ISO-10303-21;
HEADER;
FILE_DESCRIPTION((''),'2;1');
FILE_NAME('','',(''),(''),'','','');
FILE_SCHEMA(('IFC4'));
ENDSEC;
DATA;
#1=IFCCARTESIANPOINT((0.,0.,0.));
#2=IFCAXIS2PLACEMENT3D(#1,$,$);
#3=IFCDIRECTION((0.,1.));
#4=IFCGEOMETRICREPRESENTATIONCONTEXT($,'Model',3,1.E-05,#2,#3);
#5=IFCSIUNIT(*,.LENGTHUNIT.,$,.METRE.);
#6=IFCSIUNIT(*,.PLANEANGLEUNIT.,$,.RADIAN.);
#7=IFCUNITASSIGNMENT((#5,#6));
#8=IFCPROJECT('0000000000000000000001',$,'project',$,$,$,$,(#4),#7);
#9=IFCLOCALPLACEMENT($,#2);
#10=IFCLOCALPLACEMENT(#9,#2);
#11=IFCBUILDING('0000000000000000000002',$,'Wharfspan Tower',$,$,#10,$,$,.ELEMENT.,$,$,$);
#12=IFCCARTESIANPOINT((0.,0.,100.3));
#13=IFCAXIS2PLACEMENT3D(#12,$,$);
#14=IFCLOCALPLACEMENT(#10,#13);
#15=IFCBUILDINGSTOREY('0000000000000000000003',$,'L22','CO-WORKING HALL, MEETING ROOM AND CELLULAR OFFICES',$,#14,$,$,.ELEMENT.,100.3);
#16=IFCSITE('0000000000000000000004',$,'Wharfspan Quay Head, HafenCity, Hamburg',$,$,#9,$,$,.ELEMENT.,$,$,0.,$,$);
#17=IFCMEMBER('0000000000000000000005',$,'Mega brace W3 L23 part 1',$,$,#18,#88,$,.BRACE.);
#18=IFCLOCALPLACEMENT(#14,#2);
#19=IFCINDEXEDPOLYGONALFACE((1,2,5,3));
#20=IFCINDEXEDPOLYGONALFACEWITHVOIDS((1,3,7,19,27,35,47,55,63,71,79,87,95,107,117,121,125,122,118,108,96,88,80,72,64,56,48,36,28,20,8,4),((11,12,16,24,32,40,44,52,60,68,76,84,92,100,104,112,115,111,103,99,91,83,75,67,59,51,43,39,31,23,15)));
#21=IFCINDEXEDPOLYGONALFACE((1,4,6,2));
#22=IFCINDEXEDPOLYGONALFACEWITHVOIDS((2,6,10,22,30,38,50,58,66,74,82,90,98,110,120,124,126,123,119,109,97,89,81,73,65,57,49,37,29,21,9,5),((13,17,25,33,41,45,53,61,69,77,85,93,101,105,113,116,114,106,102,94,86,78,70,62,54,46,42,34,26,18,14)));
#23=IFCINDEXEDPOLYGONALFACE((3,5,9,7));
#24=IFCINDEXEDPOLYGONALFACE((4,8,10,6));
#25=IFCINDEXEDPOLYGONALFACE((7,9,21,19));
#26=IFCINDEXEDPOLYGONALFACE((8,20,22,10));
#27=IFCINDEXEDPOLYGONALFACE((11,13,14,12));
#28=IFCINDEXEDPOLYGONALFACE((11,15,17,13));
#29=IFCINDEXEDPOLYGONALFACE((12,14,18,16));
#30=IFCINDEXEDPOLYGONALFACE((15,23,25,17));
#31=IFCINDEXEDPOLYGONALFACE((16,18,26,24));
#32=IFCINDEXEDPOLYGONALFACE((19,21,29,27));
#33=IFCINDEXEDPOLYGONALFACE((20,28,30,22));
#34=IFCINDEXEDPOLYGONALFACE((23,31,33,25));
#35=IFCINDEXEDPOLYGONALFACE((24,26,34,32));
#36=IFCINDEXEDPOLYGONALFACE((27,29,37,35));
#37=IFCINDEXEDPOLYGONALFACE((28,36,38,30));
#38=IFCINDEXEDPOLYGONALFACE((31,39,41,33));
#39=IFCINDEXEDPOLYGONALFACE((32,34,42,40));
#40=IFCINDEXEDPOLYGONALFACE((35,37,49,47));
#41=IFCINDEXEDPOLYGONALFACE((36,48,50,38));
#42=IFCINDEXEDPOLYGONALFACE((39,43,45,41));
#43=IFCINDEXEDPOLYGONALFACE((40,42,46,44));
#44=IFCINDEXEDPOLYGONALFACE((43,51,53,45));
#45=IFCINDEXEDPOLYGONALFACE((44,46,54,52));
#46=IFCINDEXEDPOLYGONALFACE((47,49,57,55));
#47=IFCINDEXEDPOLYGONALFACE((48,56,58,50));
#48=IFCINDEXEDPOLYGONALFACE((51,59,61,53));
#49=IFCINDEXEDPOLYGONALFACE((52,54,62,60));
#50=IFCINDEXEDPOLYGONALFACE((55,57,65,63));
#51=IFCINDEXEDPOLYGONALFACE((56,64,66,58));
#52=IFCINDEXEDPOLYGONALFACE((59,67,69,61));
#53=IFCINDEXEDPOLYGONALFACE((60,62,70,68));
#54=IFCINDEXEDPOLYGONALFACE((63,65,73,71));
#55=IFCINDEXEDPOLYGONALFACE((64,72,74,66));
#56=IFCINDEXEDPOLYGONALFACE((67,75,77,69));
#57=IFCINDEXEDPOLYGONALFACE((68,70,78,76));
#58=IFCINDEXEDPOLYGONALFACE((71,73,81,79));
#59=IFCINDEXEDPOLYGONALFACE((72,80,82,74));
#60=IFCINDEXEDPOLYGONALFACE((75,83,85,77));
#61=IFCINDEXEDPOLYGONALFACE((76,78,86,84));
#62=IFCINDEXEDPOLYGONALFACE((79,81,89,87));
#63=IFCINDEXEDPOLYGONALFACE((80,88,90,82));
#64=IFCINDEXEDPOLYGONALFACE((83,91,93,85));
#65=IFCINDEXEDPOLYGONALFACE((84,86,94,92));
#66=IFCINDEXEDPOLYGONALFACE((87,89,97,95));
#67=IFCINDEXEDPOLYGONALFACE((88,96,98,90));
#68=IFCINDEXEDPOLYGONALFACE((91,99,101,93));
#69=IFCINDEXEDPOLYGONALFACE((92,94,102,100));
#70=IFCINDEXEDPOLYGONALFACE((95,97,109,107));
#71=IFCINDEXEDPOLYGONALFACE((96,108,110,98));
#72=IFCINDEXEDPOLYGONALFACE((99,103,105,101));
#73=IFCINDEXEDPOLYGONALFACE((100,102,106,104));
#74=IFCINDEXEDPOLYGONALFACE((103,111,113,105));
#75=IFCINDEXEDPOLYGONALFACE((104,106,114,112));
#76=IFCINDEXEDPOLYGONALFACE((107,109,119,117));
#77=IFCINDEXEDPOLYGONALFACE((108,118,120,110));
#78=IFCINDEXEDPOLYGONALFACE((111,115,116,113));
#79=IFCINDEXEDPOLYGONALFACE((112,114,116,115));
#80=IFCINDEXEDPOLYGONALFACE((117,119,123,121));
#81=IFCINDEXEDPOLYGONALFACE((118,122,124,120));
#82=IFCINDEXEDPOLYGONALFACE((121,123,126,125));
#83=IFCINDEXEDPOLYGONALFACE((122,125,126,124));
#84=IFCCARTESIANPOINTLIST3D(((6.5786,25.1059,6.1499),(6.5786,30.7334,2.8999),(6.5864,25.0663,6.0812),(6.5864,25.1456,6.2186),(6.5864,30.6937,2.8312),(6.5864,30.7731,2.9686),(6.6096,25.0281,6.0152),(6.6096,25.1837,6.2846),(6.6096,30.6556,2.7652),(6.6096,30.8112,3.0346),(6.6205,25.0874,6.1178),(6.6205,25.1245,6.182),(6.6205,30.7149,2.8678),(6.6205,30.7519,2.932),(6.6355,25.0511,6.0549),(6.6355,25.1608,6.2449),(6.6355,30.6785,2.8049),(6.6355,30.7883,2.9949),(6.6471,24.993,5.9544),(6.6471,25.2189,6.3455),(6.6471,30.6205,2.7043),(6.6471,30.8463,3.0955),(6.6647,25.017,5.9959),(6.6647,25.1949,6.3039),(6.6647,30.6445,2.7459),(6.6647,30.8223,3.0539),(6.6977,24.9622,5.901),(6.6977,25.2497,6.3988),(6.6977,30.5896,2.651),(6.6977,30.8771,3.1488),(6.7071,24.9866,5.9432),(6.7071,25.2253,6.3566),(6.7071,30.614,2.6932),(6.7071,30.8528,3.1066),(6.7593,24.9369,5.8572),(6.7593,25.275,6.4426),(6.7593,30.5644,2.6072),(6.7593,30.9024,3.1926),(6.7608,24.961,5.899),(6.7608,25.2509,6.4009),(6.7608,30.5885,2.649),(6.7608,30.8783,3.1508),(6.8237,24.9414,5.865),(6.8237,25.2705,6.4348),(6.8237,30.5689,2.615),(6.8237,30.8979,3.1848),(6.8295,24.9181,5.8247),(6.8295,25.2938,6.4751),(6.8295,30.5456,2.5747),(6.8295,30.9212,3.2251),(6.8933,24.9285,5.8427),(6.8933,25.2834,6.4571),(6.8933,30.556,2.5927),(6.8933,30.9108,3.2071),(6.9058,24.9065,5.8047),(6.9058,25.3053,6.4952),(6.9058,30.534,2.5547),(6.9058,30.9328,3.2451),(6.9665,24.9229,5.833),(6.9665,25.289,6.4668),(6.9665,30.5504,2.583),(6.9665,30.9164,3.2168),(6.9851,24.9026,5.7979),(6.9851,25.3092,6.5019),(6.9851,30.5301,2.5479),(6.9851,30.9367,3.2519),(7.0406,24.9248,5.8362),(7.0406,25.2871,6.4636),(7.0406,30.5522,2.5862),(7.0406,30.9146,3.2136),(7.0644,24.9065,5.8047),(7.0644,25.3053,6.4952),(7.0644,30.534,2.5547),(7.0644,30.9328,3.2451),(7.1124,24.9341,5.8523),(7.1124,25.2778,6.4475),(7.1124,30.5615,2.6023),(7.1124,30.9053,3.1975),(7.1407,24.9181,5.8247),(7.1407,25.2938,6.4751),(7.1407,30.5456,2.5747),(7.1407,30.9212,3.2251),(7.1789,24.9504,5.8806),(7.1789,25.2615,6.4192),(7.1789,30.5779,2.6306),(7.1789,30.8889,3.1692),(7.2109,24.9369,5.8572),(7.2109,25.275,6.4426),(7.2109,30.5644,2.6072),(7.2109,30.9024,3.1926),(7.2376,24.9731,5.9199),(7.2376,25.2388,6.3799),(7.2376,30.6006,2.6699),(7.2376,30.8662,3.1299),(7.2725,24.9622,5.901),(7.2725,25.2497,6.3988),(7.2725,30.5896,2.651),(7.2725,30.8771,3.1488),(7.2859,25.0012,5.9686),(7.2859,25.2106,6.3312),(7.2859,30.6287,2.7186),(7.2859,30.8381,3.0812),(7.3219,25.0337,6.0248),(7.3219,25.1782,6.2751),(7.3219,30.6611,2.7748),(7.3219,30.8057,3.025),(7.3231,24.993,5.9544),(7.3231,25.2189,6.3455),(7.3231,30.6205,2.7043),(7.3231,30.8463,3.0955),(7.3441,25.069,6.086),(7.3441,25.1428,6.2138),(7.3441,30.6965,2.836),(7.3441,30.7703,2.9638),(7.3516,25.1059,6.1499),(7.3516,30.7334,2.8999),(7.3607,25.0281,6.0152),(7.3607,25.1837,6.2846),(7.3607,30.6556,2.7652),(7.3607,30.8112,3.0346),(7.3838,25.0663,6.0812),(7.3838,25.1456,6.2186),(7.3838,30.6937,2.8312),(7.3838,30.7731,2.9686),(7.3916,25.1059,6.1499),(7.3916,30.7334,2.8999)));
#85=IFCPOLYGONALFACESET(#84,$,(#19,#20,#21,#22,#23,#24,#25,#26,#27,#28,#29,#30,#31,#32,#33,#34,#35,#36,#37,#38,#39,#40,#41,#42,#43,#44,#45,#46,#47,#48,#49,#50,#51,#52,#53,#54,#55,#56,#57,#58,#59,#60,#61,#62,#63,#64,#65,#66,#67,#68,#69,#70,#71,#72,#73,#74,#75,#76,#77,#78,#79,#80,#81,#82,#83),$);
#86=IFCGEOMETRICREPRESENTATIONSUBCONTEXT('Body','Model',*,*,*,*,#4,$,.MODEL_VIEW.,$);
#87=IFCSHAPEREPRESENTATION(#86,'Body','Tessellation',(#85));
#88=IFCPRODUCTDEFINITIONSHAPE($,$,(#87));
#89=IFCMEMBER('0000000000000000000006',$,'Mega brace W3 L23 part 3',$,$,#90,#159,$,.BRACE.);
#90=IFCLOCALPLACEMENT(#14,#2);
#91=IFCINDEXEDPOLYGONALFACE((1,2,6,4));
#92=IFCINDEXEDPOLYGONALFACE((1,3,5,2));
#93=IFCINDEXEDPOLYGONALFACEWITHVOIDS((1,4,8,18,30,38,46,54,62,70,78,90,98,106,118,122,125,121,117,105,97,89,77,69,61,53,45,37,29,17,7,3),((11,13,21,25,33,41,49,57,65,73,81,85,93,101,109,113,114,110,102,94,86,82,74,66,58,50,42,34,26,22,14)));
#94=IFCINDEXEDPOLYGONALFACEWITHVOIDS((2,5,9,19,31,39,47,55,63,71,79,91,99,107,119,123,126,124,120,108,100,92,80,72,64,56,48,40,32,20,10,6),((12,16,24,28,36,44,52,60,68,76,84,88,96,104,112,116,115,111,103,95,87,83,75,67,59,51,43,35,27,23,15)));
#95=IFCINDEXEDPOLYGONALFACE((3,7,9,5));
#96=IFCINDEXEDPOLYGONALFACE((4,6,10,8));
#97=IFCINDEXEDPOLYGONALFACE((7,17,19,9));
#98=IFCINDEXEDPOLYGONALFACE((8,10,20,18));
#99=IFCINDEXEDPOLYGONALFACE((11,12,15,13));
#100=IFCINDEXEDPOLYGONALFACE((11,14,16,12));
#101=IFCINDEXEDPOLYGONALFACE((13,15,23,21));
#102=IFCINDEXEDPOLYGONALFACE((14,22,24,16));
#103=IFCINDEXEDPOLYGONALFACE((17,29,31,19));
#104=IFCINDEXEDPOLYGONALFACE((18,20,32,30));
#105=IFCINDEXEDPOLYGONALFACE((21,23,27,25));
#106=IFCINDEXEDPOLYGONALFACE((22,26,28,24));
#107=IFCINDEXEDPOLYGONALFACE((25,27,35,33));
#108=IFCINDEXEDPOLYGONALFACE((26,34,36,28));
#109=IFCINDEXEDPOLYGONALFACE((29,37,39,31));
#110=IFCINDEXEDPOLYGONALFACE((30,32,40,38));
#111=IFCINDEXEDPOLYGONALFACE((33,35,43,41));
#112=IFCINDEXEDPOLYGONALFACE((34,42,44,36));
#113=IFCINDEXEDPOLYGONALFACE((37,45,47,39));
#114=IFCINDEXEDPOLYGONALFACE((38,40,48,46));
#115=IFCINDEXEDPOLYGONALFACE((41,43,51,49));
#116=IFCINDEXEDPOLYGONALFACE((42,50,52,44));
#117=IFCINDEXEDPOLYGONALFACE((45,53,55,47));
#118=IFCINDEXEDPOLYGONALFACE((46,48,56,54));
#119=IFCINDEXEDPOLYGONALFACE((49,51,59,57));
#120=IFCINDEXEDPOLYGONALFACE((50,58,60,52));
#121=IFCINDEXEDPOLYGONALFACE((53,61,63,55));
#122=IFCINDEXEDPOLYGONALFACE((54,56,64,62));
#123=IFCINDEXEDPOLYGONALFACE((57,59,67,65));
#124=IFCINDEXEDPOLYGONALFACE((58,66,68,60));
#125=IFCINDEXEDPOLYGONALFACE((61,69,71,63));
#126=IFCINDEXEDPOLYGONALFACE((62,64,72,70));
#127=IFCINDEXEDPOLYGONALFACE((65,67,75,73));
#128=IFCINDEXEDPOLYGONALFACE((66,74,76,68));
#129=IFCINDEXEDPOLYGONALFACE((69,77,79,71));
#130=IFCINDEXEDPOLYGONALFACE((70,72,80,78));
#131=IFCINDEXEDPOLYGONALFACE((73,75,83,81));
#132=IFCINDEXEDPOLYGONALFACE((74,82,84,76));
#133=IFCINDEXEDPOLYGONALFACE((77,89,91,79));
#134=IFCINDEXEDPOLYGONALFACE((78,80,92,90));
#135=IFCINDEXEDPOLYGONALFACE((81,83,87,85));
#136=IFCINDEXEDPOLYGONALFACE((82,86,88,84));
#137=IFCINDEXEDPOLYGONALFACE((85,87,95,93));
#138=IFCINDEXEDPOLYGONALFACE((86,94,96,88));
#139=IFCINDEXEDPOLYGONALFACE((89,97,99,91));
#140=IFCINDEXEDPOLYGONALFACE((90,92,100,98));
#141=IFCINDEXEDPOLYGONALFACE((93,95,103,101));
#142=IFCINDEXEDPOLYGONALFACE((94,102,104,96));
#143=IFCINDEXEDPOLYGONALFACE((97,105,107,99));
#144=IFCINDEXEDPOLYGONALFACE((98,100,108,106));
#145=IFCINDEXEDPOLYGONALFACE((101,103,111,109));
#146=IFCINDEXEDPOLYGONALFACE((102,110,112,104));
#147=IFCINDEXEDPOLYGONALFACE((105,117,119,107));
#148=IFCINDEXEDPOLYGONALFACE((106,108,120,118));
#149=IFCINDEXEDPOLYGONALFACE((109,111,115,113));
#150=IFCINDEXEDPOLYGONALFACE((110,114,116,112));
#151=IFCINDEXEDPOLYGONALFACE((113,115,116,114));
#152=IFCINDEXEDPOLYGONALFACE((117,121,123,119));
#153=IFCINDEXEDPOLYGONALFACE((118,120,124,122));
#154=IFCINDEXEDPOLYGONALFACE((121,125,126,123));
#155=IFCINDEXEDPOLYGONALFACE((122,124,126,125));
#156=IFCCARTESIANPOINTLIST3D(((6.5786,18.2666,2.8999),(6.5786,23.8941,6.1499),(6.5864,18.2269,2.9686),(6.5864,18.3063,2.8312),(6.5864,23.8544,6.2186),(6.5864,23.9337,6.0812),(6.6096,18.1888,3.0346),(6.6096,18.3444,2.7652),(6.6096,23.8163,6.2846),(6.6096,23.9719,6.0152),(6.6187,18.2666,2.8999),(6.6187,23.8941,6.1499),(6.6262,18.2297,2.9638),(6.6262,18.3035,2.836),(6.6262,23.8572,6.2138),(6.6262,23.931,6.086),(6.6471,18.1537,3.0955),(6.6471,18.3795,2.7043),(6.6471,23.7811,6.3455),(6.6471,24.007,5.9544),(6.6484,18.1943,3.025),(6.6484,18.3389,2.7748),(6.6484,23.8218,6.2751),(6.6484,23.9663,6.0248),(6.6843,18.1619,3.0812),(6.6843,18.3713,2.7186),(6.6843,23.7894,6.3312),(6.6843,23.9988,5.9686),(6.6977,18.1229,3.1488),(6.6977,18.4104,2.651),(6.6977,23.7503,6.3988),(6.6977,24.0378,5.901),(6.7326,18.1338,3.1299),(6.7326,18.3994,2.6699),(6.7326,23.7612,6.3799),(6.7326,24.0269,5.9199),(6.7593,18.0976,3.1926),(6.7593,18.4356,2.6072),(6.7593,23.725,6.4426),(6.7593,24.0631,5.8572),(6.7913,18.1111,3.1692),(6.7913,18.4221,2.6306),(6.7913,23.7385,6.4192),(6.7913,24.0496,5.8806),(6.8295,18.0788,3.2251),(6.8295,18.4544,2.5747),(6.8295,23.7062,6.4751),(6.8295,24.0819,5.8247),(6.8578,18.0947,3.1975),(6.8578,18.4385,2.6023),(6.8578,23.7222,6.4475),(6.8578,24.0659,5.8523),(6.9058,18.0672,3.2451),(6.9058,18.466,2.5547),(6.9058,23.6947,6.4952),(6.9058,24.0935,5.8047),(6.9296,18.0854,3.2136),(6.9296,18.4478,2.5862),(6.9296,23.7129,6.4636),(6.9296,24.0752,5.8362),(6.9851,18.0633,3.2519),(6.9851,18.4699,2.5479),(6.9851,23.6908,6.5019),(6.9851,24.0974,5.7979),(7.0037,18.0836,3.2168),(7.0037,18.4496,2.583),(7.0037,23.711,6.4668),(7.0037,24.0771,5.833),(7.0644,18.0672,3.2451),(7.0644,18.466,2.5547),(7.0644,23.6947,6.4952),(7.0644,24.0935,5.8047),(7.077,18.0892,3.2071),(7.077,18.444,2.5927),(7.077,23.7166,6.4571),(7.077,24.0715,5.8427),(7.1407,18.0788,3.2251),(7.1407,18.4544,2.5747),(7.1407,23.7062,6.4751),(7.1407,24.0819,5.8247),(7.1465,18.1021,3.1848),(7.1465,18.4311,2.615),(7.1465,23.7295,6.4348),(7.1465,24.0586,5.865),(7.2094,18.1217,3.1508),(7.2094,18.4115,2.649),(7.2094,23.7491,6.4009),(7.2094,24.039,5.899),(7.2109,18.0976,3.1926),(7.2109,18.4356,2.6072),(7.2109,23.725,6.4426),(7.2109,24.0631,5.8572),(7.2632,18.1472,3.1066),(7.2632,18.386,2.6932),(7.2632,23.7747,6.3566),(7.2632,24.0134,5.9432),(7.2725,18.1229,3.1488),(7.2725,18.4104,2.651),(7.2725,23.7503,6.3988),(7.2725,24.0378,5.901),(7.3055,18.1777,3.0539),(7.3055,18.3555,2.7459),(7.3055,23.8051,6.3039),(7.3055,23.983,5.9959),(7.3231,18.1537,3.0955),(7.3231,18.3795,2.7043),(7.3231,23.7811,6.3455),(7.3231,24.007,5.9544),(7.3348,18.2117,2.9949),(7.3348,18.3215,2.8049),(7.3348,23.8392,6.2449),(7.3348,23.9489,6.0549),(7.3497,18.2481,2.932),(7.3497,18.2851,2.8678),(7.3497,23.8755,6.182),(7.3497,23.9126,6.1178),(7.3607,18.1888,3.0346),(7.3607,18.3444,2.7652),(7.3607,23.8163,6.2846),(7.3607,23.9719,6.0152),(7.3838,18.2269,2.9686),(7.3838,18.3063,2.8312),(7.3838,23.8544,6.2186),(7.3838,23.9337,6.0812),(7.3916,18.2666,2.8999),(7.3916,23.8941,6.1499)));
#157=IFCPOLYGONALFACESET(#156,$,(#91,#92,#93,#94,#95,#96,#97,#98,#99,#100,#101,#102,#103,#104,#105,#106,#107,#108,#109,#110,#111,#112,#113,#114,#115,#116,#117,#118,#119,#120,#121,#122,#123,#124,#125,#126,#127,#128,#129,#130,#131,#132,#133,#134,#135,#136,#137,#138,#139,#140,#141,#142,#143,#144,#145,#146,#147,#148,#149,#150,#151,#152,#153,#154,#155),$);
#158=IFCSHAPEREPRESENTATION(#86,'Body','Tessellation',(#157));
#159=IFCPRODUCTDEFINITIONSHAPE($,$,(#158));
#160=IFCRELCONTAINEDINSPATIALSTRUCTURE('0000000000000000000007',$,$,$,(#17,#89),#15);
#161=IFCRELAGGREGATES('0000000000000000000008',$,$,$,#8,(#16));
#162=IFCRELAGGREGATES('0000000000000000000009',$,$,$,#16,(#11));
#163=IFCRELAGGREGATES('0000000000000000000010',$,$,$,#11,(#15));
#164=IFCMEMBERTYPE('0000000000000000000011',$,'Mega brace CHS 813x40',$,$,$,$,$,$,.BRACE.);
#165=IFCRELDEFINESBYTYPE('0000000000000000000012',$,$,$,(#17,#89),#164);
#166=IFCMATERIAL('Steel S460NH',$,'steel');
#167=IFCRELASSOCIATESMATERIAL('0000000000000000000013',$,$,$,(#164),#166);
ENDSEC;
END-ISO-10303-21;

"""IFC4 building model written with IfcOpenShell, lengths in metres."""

from ifc_helpers import new_model, si_unit, direction, frame, origin, origin_2d, place, context, subcontext, project, spatial, hollow_circle, extrude, material, material_profile, profile_set, type_object, element, save


model = new_model("IFC4")

# Units and contexts
model_context = context("Model", 3, precision=1e-05, world=origin(), true_north=direction((0.0, 1.0)))
body_context = subcontext(model_context, "Body", "Model", "MODEL_VIEW")
ifc_project = project(units=[si_unit("LENGTHUNIT", "METRE"), si_unit("PLANEANGLEUNIT", "RADIAN")], contexts=[model_context])

# Site, building, storey
site_placement = place(None, origin())
site = spatial("IfcSite", under=ifc_project, at=site_placement, Name="Wharfspan Quay Head, HafenCity, Hamburg", CompositionType="ELEMENT", RefElevation=0.0)
building_placement = place(site_placement, origin())
building = spatial("IfcBuilding", under=site, at=building_placement, Name="Wharfspan Tower", CompositionType="ELEMENT")
storey_placement = place(building_placement, frame((0.0, 0.0, 100.3)))
storey = spatial("IfcBuildingStorey", under=building, at=storey_placement, Name="L22", Description="CO-WORKING HALL, MEETING ROOM AND CELLULAR OFFICES", CompositionType="ELEMENT", Elevation=100.3)

# Members
ifc_material_1 = material(Name="Steel S460NH", Category="steel")
ifc_material_profile_1 = material_profile(ifc_material_1, hollow_circle(Radius=0.4065, WallThickness=0.04, at=origin_2d()))
ifc_profile_set_1 = profile_set([ifc_material_profile_1], Name="Steel S460NH")
member_type_1 = type_object("IfcMemberType", Name="Mega brace CHS 813x40", PredefinedType="BRACE", material=ifc_profile_set_1)
for number, where, z_axis, x_axis, name in (
    (1, (6.9851, 30.7334, 2.8999), (0.0, -0.865959, 0.500115), (1.0, 0.0, 0.0), "Mega brace W3 L23 part 1"),
    (2, (6.9851, 18.2666, 2.8999), (0.0, 0.865959, 0.500115), (-1.0, 0.0, 0.0), "Mega brace W3 L23 part 3"),
):
    element("IfcMember", number, at=place(storey_placement, frame(where, z_axis=z_axis, x_axis=x_axis)), inside=storey, type_object=member_type_1, Name=name, PredefinedType="BRACE", context=body_context, shape_type="SweptSolid", body=[
        extrude(hollow_circle(Radius=0.4065, WallThickness=0.04, at=origin_2d()), origin(), (0.0, 0.0, 1.0), 6.4985),
    ])

save(model, "model.ifc")
